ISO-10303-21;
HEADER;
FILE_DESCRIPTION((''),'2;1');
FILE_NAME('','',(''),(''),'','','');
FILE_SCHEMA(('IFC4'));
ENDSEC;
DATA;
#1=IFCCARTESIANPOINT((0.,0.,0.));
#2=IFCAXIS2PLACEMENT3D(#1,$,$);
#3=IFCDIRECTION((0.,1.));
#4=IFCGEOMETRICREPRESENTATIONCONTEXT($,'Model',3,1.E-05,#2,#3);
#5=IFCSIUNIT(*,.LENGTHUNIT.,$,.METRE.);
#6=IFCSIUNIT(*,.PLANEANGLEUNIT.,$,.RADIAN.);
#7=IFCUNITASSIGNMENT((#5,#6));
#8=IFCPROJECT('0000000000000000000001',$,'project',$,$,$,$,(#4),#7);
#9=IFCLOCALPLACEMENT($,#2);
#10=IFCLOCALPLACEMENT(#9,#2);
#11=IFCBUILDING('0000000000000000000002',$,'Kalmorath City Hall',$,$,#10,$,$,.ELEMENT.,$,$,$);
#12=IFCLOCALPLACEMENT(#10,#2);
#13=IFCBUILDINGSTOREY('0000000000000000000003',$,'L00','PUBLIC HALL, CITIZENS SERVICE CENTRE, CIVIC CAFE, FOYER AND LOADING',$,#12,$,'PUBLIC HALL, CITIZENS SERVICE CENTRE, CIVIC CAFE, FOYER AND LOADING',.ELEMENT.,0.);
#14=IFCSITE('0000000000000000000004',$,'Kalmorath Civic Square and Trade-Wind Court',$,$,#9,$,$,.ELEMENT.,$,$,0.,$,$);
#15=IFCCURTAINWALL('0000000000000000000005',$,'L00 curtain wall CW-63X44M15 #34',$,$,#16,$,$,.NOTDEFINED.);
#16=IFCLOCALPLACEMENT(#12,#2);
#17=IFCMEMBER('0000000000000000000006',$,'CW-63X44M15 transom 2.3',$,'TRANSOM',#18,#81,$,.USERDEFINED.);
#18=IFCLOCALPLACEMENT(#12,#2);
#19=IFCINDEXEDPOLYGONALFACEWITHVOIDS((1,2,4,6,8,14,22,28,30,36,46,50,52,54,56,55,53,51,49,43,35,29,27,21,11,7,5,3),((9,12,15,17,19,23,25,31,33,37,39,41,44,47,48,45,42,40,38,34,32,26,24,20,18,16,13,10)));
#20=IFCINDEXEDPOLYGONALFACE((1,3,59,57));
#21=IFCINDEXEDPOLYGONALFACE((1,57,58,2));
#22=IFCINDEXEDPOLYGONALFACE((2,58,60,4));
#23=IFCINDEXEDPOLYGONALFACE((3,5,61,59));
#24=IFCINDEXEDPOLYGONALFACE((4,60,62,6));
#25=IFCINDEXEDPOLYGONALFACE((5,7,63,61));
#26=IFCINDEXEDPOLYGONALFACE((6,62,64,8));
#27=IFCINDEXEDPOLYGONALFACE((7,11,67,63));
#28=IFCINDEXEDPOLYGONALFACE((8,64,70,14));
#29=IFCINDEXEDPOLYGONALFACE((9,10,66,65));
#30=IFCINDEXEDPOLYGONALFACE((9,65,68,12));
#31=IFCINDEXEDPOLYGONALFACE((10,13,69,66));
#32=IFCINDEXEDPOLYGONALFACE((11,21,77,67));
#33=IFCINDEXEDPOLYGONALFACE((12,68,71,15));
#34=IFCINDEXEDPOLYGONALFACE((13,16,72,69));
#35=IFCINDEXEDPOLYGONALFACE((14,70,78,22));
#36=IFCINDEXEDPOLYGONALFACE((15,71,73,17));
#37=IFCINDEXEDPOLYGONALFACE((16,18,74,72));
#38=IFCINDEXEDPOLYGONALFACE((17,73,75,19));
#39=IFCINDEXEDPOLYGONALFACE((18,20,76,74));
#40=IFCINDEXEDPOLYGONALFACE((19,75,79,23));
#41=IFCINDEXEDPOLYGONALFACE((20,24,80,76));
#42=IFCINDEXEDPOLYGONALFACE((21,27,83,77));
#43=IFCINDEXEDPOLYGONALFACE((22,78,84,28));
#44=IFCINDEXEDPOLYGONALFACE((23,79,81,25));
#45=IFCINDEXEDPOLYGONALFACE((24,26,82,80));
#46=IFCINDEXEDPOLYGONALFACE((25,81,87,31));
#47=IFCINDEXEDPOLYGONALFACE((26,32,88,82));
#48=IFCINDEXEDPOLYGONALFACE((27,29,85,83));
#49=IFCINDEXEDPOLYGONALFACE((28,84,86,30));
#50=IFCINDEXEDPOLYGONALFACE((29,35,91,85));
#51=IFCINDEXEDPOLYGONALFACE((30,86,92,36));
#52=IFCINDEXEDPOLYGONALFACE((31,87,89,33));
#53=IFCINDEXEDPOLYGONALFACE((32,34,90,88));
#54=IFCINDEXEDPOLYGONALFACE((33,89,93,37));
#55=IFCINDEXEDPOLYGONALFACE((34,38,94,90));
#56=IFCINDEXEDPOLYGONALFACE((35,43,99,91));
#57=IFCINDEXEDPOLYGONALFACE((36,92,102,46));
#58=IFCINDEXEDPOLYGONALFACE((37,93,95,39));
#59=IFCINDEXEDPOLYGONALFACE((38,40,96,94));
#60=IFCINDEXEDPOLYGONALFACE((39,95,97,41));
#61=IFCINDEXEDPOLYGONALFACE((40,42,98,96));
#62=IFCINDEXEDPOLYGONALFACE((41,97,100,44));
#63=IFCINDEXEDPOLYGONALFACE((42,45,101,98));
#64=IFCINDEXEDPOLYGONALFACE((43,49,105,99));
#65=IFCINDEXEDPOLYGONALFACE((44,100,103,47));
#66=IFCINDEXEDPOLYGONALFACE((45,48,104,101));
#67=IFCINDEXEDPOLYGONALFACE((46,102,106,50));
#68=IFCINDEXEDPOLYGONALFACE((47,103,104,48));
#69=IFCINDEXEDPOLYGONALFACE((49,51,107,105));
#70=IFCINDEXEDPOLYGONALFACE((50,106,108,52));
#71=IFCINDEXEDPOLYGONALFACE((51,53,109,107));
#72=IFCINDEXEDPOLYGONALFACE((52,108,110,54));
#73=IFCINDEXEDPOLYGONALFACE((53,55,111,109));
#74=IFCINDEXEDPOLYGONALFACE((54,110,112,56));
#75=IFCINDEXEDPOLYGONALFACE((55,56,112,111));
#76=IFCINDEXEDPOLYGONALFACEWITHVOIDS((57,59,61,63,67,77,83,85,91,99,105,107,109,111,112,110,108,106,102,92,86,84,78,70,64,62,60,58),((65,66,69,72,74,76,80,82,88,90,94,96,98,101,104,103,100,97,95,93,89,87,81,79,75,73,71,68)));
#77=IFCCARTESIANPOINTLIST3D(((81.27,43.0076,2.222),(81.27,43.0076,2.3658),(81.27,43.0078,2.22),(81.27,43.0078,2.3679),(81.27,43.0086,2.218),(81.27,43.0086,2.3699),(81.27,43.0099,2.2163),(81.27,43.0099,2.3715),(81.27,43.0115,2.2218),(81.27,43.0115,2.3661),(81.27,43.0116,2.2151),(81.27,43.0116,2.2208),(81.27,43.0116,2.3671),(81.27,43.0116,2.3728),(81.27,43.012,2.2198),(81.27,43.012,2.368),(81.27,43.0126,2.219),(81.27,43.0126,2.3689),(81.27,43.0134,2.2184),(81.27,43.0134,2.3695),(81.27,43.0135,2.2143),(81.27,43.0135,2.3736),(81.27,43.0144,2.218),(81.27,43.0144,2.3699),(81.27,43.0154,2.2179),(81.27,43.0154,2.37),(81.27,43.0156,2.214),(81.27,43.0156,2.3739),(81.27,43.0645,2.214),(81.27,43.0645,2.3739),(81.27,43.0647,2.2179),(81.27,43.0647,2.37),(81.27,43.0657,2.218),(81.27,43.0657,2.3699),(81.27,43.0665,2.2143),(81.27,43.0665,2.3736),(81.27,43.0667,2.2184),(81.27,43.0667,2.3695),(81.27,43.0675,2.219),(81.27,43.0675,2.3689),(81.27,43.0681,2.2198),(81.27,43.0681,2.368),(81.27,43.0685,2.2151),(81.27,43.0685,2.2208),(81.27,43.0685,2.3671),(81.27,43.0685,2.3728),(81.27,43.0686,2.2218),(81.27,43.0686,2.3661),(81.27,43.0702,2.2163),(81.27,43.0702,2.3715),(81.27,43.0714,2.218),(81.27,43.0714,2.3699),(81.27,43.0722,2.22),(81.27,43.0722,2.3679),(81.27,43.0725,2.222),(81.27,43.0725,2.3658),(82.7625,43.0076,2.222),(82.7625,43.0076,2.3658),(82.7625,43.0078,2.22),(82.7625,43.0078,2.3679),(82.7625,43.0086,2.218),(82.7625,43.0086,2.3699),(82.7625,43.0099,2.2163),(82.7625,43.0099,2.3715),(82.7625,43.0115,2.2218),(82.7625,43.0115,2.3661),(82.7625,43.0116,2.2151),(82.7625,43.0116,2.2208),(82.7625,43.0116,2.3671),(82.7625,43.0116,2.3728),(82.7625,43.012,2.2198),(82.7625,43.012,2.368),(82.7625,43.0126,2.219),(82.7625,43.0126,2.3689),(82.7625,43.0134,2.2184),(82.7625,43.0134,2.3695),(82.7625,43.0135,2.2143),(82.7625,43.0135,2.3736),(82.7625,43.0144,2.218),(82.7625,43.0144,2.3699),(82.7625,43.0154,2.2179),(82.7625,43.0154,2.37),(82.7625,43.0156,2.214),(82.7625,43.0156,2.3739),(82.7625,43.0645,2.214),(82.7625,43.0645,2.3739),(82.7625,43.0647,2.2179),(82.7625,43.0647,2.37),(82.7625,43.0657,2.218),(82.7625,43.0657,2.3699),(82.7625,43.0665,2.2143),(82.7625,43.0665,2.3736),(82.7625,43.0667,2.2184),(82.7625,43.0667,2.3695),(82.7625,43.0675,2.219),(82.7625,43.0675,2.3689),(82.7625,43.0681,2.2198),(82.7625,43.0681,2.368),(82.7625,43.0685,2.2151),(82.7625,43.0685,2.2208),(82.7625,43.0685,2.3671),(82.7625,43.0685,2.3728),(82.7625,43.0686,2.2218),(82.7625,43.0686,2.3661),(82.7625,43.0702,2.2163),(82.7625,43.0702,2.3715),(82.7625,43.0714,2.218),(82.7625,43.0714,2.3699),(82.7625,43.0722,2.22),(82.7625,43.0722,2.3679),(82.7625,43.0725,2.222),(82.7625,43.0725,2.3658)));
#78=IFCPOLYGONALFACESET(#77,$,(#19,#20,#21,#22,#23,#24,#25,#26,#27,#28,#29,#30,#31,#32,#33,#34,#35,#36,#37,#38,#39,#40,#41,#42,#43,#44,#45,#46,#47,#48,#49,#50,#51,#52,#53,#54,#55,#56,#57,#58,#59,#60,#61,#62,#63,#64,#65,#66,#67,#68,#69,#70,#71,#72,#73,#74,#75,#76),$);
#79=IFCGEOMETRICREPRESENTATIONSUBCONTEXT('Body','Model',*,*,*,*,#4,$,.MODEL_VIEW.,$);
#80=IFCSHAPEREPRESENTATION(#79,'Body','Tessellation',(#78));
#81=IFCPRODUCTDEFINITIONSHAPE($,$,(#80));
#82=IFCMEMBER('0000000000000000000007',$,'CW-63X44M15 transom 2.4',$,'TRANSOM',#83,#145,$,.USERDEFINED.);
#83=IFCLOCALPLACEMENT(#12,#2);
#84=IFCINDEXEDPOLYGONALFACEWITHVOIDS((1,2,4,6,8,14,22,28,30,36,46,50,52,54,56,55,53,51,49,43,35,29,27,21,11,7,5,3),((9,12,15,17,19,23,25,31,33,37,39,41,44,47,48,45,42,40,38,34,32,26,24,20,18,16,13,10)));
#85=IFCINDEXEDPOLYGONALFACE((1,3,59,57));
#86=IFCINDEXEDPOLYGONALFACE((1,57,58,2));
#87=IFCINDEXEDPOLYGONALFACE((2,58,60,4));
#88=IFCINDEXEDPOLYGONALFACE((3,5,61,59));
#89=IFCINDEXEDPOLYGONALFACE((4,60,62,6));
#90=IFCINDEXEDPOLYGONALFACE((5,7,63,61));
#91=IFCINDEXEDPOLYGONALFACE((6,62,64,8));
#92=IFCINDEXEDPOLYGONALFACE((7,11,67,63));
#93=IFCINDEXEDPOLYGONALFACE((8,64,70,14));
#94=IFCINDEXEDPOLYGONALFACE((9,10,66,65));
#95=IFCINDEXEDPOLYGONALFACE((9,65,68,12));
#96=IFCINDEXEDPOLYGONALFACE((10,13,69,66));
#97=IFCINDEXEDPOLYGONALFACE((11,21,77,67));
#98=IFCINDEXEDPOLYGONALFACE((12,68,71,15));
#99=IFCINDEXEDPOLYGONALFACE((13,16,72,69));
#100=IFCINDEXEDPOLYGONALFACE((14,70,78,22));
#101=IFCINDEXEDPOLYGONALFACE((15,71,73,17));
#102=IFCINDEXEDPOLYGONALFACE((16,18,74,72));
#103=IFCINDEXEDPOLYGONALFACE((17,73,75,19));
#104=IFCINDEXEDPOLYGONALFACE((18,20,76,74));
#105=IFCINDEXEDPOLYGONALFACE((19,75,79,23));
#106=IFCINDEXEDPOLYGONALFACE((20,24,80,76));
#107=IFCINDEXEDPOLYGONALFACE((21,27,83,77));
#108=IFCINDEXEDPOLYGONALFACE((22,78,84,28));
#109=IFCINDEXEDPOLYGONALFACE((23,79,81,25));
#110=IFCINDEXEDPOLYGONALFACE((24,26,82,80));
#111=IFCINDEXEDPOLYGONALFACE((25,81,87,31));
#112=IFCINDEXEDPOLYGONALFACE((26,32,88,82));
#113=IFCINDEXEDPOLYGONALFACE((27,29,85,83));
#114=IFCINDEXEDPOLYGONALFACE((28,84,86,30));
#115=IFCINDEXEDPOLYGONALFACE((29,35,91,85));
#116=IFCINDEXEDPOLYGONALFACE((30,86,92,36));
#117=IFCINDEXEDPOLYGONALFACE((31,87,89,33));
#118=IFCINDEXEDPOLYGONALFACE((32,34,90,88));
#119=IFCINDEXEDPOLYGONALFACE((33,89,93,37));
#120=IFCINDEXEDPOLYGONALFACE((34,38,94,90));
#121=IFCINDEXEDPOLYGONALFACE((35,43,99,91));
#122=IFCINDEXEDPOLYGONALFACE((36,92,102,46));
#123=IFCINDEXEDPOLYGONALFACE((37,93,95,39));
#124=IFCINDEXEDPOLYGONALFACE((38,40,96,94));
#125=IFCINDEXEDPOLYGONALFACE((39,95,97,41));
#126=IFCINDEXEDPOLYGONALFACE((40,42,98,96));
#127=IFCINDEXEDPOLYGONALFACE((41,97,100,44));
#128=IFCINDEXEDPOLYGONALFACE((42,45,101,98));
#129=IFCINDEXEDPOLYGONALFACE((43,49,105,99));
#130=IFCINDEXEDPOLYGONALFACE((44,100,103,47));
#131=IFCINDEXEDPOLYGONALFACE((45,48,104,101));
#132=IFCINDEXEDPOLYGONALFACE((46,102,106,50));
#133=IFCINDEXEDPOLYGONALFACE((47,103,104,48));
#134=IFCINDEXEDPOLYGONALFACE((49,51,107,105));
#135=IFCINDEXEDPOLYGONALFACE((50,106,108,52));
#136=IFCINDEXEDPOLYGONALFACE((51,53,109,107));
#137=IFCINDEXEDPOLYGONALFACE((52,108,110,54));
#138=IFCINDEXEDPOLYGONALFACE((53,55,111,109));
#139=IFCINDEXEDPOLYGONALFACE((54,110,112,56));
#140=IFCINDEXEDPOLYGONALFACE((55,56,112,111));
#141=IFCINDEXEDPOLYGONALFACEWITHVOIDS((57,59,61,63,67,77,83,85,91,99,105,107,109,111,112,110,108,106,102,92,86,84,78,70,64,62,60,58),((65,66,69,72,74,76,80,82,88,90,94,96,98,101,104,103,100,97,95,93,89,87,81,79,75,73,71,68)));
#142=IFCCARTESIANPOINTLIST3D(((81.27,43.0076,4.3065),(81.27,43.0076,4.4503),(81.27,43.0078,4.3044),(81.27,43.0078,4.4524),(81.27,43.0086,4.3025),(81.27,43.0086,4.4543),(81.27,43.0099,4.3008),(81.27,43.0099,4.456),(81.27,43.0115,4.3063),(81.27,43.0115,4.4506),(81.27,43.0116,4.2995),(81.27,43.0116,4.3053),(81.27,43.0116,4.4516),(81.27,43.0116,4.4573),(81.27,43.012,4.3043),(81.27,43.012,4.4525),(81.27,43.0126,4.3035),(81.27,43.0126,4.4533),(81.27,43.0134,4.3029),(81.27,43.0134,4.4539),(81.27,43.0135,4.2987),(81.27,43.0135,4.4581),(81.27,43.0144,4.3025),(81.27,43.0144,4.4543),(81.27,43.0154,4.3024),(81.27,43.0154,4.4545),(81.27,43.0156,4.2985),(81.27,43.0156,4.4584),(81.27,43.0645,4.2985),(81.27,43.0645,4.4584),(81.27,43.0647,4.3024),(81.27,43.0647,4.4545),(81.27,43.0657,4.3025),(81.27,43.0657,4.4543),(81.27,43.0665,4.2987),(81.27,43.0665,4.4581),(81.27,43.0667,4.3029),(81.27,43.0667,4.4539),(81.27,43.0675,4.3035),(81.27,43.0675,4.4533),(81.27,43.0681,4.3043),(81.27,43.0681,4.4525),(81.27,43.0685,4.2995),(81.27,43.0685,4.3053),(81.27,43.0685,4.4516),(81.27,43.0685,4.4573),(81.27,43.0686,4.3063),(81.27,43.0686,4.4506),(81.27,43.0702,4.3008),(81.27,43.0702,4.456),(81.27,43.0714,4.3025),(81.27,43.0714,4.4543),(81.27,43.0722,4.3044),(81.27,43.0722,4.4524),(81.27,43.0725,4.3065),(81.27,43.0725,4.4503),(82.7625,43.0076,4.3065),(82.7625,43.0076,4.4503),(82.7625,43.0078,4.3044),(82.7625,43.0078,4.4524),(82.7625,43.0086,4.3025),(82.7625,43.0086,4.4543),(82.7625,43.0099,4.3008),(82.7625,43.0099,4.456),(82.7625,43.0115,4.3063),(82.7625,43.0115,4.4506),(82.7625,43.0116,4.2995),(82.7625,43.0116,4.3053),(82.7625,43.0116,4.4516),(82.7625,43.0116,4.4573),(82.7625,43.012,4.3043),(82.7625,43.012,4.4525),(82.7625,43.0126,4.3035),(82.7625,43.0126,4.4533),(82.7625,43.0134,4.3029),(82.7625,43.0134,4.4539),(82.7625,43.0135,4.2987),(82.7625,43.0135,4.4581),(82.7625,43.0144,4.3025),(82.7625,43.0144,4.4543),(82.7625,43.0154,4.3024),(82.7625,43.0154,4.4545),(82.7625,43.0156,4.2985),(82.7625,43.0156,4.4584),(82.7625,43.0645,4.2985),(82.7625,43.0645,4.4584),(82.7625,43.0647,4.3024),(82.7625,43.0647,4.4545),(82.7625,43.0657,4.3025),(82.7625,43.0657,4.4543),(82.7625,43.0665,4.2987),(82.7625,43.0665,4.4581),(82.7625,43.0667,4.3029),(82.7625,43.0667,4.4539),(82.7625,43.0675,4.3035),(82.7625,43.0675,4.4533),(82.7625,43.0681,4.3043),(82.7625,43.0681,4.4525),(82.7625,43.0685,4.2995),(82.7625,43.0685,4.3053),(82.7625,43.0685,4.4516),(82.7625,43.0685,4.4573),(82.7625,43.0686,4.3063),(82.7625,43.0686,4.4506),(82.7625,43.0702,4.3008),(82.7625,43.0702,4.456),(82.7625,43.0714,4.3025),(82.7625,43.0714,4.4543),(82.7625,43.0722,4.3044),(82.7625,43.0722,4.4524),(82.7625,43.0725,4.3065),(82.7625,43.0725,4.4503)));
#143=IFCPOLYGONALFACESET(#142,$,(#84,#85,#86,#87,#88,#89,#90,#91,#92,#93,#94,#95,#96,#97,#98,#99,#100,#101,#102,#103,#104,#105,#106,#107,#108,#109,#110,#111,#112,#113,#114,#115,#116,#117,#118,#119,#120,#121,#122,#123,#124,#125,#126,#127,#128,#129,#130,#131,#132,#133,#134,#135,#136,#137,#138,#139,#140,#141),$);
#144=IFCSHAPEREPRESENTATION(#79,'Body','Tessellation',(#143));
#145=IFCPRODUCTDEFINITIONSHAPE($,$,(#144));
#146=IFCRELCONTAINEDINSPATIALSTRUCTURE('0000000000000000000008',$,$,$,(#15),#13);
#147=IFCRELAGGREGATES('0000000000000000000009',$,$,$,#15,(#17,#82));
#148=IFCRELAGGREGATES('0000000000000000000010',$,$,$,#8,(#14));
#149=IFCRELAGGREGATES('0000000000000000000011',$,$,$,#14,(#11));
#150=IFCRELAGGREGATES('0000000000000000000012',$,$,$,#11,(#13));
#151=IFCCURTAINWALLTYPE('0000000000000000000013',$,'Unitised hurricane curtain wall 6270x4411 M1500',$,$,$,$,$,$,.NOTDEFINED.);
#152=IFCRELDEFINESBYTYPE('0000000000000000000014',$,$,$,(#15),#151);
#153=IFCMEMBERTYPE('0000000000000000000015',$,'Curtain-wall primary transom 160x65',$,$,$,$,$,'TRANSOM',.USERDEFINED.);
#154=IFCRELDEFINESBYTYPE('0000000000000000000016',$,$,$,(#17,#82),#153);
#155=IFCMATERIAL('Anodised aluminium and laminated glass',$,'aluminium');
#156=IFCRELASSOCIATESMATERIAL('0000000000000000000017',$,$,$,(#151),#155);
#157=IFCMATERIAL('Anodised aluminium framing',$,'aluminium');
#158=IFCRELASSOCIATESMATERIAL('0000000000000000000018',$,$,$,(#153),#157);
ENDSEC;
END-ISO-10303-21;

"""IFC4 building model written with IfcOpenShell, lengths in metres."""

from ifc_helpers import new_model, si_unit, direction, frame, origin, origin_2d, place, context, subcontext, project, spatial, hollow_rectangle, extrude, material, material_profile, profile_set, type_object, element, aggregate, save


model = new_model("IFC4")

# Units and contexts
model_context = context("Model", 3, precision=1e-05, world=origin(), true_north=direction((0.0, 1.0)))
body_context = subcontext(model_context, "Body", "Model", "MODEL_VIEW")
ifc_project = project(units=[si_unit("LENGTHUNIT", "METRE"), si_unit("PLANEANGLEUNIT", "RADIAN")], contexts=[model_context])

# Site, building, storey
site_placement = place(None, origin())
site = spatial("IfcSite", under=ifc_project, at=site_placement, Name="Kalmorath Civic Square and Trade-Wind Court", CompositionType="ELEMENT", RefElevation=0.0)
building_placement = place(site_placement, origin())
building = spatial("IfcBuilding", under=site, at=building_placement, Name="Kalmorath City Hall", CompositionType="ELEMENT")
storey_placement = place(building_placement, origin())
storey = spatial("IfcBuildingStorey", under=building, at=storey_placement, Name="L00", Description="PUBLIC HALL, CITIZENS SERVICE CENTRE, CIVIC CAFE, FOYER AND LOADING", LongName="PUBLIC HALL, CITIZENS SERVICE CENTRE, CIVIC CAFE, FOYER AND LOADING", CompositionType="ELEMENT", Elevation=0.0)

# Curtain wall, members
ifc_material_1 = material(Name="Anodised aluminium and laminated glass", Category="aluminium")
curtain_wall_type_1 = type_object("IfcCurtainWallType", Name="Unitised hurricane curtain wall 6270x4411 M1500", PredefinedType="NOTDEFINED", material=ifc_material_1)
curtain_wall_1_placement = place(storey_placement, origin())
curtain_wall_1 = element("IfcCurtainWall", 1, at=curtain_wall_1_placement, inside=storey, type_object=curtain_wall_type_1, Name="L00 curtain wall CW-63X44M15 #34", PredefinedType="NOTDEFINED")
ifc_material_2 = material(Name="Anodised aluminium framing", Category="aluminium")
ifc_material_profile_1 = material_profile(ifc_material_2, hollow_rectangle(XDim=0.0649, YDim=0.1599, WallThickness=0.0039, InnerFilletRadius=0.0039, OuterFilletRadius=0.0081, at=origin_2d()), Name="ALU-TRN-160X65X4")
ifc_profile_set_1 = profile_set([ifc_material_profile_1], Name="Anodised aluminium framing")
member_type_1 = type_object("IfcMemberType", Name="Curtain-wall primary transom 160x65", ElementType="TRANSOM", PredefinedType="USERDEFINED", material=ifc_profile_set_1)
member_1_placement = place(storey_placement, frame((81.27, 43.04, 2.2939), z_axis=(1.0, 0.0, 0.0), x_axis=(0.0, 1.0, 0.0)))
member_1 = element("IfcMember", 2, at=member_1_placement, type_object=member_type_1, Name="CW-63X44M15 transom 2.3", ObjectType="TRANSOM", PredefinedType="USERDEFINED", context=body_context, shape_type="SweptSolid", body=[
    extrude(hollow_rectangle(XDim=0.0649, YDim=0.1599, WallThickness=0.0039, InnerFilletRadius=0.0039, OuterFilletRadius=0.0081, at=origin_2d()), origin(), (0.0, 0.0, 1.0), 1.4924),
])
member_2_placement = place(storey_placement, frame((81.27, 43.04, 4.3784), z_axis=(1.0, 0.0, 0.0), x_axis=(0.0, 1.0, 0.0)))
member_2 = element("IfcMember", 3, at=member_2_placement, type_object=member_type_1, Name="CW-63X44M15 transom 2.4", ObjectType="TRANSOM", PredefinedType="USERDEFINED", context=body_context, shape_type="SweptSolid", body=[
    extrude(hollow_rectangle(XDim=0.0649, YDim=0.1599, WallThickness=0.0039, InnerFilletRadius=0.0039, OuterFilletRadius=0.0081, at=origin_2d()), origin(), (0.0, 0.0, 1.0), 1.4924),
])

aggregate(curtain_wall_1, [member_1, member_2])

save(model, "model.ifc")
